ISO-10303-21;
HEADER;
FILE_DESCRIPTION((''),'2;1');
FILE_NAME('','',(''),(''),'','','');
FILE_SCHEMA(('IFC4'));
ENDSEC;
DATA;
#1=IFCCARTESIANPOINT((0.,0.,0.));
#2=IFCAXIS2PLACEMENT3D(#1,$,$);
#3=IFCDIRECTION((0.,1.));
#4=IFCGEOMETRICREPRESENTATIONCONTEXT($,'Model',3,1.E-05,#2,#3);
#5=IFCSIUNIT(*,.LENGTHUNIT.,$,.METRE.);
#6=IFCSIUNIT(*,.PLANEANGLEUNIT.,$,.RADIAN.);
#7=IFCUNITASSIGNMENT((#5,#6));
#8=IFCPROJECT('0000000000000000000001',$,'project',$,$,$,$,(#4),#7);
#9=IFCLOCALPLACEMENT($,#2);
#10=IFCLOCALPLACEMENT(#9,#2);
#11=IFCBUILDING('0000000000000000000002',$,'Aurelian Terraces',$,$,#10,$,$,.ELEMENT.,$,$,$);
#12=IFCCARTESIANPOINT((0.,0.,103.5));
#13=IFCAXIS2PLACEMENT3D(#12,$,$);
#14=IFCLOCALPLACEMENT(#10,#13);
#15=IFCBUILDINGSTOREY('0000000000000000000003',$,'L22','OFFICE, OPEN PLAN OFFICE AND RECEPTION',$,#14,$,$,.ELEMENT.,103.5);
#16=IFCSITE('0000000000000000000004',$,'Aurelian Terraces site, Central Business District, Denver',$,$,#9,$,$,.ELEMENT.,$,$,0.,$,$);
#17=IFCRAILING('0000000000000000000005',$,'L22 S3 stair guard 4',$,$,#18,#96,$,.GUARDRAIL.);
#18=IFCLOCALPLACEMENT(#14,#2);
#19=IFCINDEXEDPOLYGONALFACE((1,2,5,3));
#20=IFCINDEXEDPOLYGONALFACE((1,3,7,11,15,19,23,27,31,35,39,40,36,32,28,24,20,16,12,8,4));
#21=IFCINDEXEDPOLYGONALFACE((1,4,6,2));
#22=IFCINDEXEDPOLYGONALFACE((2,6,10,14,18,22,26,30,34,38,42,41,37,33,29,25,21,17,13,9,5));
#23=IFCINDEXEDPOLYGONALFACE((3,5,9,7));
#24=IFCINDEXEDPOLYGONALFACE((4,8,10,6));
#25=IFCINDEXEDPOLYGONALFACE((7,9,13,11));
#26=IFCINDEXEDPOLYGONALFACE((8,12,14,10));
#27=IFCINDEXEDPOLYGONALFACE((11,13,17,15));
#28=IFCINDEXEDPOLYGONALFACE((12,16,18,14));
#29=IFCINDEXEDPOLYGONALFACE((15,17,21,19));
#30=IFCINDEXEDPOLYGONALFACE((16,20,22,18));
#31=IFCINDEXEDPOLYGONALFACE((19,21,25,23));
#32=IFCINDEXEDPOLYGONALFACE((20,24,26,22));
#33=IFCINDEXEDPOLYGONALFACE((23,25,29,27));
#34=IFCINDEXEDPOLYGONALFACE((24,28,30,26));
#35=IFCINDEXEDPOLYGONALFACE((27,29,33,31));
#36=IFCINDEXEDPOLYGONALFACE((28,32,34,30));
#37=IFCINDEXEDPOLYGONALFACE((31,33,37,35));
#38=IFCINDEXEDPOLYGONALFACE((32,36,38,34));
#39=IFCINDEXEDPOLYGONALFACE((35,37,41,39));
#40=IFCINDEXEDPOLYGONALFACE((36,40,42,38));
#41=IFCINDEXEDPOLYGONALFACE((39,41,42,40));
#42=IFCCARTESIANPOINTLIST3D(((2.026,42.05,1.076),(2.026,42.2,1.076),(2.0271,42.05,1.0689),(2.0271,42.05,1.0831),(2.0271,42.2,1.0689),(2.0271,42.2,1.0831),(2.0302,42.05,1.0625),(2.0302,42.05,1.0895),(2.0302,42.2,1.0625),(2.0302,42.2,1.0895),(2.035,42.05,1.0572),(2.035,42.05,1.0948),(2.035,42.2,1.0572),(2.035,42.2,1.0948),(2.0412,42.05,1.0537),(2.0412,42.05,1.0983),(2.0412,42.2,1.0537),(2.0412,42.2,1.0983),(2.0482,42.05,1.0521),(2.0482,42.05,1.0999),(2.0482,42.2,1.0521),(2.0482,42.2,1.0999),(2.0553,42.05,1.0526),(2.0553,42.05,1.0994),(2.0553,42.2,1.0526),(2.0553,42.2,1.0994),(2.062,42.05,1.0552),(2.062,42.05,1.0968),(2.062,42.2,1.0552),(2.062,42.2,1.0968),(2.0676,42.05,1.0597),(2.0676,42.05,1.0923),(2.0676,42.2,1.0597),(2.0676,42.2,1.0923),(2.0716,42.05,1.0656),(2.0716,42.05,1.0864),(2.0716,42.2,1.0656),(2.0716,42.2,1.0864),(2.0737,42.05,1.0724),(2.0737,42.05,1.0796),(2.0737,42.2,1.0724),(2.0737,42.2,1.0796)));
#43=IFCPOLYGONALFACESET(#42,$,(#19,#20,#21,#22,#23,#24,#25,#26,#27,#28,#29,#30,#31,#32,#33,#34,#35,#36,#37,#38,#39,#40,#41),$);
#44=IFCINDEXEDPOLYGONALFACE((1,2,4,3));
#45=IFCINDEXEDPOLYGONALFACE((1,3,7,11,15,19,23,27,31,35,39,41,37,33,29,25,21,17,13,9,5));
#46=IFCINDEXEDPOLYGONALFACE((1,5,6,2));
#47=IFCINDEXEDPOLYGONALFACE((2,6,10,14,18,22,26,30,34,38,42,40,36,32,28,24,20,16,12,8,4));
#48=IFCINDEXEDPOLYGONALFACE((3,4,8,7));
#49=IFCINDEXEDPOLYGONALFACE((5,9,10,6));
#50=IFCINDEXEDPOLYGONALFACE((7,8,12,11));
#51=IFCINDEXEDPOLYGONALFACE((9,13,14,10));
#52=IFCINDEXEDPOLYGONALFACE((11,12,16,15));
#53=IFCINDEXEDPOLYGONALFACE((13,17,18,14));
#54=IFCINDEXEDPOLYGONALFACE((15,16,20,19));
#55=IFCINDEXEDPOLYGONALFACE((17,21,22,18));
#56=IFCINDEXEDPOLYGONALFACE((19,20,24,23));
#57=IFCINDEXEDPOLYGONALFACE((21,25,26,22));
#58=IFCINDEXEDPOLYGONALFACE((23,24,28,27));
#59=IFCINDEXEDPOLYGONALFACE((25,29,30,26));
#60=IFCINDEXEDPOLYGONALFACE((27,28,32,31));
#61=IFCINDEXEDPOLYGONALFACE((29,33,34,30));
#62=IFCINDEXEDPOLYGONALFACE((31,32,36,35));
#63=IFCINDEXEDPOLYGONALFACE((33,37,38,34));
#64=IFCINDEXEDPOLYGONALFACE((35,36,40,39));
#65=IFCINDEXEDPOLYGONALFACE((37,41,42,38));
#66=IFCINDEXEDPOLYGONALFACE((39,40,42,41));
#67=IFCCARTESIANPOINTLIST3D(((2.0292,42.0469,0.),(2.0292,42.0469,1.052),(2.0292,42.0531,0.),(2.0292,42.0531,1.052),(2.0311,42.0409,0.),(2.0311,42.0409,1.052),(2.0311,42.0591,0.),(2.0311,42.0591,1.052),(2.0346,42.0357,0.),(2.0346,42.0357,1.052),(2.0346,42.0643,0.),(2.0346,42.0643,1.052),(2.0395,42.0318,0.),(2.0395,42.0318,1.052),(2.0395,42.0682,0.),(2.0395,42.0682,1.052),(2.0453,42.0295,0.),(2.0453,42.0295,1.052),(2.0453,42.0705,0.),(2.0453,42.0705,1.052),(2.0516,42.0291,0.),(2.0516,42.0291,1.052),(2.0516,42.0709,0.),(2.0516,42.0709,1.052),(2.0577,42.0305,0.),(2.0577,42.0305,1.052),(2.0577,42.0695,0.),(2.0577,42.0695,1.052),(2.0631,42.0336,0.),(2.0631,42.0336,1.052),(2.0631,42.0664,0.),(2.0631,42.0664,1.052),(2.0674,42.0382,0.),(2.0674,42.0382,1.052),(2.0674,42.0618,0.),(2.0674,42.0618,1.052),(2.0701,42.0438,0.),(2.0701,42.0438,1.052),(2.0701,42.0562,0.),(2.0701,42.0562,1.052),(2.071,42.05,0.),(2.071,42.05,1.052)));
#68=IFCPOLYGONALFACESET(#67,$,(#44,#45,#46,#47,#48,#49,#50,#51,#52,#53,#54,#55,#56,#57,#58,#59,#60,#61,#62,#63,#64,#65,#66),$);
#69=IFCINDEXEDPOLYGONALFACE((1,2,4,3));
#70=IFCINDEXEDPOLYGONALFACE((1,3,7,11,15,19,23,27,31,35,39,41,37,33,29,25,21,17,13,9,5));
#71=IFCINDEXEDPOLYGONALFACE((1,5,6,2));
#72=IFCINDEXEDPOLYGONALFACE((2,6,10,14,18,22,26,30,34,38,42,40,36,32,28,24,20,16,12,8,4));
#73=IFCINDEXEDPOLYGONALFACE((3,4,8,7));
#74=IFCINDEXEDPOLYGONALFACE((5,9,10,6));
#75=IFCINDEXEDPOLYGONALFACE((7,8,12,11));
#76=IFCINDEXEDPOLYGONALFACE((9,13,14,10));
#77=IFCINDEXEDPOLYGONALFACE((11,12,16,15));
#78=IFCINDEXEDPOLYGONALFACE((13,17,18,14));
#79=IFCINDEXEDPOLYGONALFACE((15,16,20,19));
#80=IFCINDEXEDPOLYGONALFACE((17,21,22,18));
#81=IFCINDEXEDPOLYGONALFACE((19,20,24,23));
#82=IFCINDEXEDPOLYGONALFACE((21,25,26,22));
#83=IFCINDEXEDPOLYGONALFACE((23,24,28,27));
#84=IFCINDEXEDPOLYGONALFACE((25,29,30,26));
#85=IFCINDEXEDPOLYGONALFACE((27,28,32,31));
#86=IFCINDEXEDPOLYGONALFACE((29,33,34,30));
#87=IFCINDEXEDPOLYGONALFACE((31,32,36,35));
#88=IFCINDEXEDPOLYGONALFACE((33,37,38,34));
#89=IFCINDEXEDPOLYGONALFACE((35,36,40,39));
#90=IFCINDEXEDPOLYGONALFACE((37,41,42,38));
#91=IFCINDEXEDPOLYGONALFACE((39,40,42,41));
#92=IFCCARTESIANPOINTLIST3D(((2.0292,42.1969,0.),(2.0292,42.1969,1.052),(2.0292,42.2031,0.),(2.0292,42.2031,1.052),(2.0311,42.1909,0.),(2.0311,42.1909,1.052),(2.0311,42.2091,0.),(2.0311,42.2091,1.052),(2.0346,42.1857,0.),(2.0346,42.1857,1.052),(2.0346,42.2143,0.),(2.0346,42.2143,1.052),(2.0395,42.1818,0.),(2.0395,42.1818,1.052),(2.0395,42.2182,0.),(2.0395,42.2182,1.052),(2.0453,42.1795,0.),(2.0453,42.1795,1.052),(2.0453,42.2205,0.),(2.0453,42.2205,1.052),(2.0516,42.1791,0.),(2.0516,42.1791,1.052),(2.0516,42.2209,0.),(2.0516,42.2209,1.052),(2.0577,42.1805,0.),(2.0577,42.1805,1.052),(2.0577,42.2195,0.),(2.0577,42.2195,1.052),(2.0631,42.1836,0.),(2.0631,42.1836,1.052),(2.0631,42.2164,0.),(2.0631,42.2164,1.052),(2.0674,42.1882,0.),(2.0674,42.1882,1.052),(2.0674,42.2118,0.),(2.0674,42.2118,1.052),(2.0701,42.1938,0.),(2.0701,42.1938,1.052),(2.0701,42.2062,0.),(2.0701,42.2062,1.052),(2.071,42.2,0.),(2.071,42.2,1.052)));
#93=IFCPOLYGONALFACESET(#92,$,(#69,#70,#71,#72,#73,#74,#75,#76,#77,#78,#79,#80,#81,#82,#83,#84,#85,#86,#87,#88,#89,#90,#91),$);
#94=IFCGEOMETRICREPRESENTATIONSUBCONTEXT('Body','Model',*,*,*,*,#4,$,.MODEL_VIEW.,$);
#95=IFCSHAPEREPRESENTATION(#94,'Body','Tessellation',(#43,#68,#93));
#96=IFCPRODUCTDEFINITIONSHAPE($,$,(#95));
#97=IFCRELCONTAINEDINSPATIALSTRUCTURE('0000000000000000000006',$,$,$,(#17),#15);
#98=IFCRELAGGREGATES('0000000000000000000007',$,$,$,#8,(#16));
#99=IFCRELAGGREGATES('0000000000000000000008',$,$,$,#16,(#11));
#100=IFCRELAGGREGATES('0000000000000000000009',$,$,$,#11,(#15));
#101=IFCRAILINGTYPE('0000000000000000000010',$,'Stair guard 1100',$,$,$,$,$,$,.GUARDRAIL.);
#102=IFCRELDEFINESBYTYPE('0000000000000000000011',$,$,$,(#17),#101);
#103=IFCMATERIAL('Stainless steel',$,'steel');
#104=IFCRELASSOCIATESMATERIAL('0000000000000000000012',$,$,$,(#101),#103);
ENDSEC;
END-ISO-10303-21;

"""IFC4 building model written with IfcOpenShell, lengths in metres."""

from ifc_helpers import new_model, si_unit, direction, frame, origin, origin_2d, place, context, subcontext, project, spatial, circle, extrude, source, transform, mapped, material, type_object, element, save


model = new_model("IFC4")

# Units and contexts
model_context = context("Model", 3, precision=1e-05, world=origin(), true_north=direction((0.0, 1.0)))
body_context = subcontext(model_context, "Body", "Model", "MODEL_VIEW")
ifc_project = project(units=[si_unit("LENGTHUNIT", "METRE"), si_unit("PLANEANGLEUNIT", "RADIAN")], contexts=[model_context])

# Site, building, storey
site_placement = place(None, origin())
site = spatial("IfcSite", under=ifc_project, at=site_placement, Name="Aurelian Terraces site, Central Business District, Denver", CompositionType="ELEMENT", RefElevation=0.0)
building_placement = place(site_placement, origin())
building = spatial("IfcBuilding", under=site, at=building_placement, Name="Aurelian Terraces", CompositionType="ELEMENT")
storey_placement = place(building_placement, frame((0.0, 0.0, 103.5)))
storey = spatial("IfcBuildingStorey", under=building, at=storey_placement, Name="L22", Description="OFFICE, OPEN PLAN OFFICE AND RECEPTION", CompositionType="ELEMENT", Elevation=103.5)

# Railing
ifc_material_1 = material(Name="Stainless steel", Category="steel")
railing_type_1 = type_object("IfcRailingType", Name="Stair guard 1100", PredefinedType="GUARDRAIL", material=ifc_material_1)
shared_shape_1 = source(origin(), body_context, "Body", "SweptSolid", [
    extrude(circle(Radius=0.024, at=origin_2d()), frame((0.0, 0.0, 1.076), z_axis=(0.0, 1.0, 0.0), x_axis=(-1.0, 0.0, 0.0)), (0.0, 0.0, 1.0), 0.15),
    extrude(circle(Radius=0.021, at=origin_2d()), origin(), (0.0, 0.0, 1.0), 1.052),
    extrude(circle(Radius=0.021, at=origin_2d()), frame((0.0, 0.15, 0.0)), (0.0, 0.0, 1.0), 1.052),
])
for number, where, name in (
    (1, (2.05, 42.05, 0.0), "L22 S3 stair guard 4"),
):
    element("IfcRailing", number, at=place(storey_placement, frame(where)), inside=storey, type_object=railing_type_1, Name=name, PredefinedType="GUARDRAIL", context=body_context, shape_type="MappedRepresentation", body=[
        mapped(shared_shape_1, transform((0.0, 0.0, 0.0), scale=1.0)),
    ])

save(model, "model.ifc")
